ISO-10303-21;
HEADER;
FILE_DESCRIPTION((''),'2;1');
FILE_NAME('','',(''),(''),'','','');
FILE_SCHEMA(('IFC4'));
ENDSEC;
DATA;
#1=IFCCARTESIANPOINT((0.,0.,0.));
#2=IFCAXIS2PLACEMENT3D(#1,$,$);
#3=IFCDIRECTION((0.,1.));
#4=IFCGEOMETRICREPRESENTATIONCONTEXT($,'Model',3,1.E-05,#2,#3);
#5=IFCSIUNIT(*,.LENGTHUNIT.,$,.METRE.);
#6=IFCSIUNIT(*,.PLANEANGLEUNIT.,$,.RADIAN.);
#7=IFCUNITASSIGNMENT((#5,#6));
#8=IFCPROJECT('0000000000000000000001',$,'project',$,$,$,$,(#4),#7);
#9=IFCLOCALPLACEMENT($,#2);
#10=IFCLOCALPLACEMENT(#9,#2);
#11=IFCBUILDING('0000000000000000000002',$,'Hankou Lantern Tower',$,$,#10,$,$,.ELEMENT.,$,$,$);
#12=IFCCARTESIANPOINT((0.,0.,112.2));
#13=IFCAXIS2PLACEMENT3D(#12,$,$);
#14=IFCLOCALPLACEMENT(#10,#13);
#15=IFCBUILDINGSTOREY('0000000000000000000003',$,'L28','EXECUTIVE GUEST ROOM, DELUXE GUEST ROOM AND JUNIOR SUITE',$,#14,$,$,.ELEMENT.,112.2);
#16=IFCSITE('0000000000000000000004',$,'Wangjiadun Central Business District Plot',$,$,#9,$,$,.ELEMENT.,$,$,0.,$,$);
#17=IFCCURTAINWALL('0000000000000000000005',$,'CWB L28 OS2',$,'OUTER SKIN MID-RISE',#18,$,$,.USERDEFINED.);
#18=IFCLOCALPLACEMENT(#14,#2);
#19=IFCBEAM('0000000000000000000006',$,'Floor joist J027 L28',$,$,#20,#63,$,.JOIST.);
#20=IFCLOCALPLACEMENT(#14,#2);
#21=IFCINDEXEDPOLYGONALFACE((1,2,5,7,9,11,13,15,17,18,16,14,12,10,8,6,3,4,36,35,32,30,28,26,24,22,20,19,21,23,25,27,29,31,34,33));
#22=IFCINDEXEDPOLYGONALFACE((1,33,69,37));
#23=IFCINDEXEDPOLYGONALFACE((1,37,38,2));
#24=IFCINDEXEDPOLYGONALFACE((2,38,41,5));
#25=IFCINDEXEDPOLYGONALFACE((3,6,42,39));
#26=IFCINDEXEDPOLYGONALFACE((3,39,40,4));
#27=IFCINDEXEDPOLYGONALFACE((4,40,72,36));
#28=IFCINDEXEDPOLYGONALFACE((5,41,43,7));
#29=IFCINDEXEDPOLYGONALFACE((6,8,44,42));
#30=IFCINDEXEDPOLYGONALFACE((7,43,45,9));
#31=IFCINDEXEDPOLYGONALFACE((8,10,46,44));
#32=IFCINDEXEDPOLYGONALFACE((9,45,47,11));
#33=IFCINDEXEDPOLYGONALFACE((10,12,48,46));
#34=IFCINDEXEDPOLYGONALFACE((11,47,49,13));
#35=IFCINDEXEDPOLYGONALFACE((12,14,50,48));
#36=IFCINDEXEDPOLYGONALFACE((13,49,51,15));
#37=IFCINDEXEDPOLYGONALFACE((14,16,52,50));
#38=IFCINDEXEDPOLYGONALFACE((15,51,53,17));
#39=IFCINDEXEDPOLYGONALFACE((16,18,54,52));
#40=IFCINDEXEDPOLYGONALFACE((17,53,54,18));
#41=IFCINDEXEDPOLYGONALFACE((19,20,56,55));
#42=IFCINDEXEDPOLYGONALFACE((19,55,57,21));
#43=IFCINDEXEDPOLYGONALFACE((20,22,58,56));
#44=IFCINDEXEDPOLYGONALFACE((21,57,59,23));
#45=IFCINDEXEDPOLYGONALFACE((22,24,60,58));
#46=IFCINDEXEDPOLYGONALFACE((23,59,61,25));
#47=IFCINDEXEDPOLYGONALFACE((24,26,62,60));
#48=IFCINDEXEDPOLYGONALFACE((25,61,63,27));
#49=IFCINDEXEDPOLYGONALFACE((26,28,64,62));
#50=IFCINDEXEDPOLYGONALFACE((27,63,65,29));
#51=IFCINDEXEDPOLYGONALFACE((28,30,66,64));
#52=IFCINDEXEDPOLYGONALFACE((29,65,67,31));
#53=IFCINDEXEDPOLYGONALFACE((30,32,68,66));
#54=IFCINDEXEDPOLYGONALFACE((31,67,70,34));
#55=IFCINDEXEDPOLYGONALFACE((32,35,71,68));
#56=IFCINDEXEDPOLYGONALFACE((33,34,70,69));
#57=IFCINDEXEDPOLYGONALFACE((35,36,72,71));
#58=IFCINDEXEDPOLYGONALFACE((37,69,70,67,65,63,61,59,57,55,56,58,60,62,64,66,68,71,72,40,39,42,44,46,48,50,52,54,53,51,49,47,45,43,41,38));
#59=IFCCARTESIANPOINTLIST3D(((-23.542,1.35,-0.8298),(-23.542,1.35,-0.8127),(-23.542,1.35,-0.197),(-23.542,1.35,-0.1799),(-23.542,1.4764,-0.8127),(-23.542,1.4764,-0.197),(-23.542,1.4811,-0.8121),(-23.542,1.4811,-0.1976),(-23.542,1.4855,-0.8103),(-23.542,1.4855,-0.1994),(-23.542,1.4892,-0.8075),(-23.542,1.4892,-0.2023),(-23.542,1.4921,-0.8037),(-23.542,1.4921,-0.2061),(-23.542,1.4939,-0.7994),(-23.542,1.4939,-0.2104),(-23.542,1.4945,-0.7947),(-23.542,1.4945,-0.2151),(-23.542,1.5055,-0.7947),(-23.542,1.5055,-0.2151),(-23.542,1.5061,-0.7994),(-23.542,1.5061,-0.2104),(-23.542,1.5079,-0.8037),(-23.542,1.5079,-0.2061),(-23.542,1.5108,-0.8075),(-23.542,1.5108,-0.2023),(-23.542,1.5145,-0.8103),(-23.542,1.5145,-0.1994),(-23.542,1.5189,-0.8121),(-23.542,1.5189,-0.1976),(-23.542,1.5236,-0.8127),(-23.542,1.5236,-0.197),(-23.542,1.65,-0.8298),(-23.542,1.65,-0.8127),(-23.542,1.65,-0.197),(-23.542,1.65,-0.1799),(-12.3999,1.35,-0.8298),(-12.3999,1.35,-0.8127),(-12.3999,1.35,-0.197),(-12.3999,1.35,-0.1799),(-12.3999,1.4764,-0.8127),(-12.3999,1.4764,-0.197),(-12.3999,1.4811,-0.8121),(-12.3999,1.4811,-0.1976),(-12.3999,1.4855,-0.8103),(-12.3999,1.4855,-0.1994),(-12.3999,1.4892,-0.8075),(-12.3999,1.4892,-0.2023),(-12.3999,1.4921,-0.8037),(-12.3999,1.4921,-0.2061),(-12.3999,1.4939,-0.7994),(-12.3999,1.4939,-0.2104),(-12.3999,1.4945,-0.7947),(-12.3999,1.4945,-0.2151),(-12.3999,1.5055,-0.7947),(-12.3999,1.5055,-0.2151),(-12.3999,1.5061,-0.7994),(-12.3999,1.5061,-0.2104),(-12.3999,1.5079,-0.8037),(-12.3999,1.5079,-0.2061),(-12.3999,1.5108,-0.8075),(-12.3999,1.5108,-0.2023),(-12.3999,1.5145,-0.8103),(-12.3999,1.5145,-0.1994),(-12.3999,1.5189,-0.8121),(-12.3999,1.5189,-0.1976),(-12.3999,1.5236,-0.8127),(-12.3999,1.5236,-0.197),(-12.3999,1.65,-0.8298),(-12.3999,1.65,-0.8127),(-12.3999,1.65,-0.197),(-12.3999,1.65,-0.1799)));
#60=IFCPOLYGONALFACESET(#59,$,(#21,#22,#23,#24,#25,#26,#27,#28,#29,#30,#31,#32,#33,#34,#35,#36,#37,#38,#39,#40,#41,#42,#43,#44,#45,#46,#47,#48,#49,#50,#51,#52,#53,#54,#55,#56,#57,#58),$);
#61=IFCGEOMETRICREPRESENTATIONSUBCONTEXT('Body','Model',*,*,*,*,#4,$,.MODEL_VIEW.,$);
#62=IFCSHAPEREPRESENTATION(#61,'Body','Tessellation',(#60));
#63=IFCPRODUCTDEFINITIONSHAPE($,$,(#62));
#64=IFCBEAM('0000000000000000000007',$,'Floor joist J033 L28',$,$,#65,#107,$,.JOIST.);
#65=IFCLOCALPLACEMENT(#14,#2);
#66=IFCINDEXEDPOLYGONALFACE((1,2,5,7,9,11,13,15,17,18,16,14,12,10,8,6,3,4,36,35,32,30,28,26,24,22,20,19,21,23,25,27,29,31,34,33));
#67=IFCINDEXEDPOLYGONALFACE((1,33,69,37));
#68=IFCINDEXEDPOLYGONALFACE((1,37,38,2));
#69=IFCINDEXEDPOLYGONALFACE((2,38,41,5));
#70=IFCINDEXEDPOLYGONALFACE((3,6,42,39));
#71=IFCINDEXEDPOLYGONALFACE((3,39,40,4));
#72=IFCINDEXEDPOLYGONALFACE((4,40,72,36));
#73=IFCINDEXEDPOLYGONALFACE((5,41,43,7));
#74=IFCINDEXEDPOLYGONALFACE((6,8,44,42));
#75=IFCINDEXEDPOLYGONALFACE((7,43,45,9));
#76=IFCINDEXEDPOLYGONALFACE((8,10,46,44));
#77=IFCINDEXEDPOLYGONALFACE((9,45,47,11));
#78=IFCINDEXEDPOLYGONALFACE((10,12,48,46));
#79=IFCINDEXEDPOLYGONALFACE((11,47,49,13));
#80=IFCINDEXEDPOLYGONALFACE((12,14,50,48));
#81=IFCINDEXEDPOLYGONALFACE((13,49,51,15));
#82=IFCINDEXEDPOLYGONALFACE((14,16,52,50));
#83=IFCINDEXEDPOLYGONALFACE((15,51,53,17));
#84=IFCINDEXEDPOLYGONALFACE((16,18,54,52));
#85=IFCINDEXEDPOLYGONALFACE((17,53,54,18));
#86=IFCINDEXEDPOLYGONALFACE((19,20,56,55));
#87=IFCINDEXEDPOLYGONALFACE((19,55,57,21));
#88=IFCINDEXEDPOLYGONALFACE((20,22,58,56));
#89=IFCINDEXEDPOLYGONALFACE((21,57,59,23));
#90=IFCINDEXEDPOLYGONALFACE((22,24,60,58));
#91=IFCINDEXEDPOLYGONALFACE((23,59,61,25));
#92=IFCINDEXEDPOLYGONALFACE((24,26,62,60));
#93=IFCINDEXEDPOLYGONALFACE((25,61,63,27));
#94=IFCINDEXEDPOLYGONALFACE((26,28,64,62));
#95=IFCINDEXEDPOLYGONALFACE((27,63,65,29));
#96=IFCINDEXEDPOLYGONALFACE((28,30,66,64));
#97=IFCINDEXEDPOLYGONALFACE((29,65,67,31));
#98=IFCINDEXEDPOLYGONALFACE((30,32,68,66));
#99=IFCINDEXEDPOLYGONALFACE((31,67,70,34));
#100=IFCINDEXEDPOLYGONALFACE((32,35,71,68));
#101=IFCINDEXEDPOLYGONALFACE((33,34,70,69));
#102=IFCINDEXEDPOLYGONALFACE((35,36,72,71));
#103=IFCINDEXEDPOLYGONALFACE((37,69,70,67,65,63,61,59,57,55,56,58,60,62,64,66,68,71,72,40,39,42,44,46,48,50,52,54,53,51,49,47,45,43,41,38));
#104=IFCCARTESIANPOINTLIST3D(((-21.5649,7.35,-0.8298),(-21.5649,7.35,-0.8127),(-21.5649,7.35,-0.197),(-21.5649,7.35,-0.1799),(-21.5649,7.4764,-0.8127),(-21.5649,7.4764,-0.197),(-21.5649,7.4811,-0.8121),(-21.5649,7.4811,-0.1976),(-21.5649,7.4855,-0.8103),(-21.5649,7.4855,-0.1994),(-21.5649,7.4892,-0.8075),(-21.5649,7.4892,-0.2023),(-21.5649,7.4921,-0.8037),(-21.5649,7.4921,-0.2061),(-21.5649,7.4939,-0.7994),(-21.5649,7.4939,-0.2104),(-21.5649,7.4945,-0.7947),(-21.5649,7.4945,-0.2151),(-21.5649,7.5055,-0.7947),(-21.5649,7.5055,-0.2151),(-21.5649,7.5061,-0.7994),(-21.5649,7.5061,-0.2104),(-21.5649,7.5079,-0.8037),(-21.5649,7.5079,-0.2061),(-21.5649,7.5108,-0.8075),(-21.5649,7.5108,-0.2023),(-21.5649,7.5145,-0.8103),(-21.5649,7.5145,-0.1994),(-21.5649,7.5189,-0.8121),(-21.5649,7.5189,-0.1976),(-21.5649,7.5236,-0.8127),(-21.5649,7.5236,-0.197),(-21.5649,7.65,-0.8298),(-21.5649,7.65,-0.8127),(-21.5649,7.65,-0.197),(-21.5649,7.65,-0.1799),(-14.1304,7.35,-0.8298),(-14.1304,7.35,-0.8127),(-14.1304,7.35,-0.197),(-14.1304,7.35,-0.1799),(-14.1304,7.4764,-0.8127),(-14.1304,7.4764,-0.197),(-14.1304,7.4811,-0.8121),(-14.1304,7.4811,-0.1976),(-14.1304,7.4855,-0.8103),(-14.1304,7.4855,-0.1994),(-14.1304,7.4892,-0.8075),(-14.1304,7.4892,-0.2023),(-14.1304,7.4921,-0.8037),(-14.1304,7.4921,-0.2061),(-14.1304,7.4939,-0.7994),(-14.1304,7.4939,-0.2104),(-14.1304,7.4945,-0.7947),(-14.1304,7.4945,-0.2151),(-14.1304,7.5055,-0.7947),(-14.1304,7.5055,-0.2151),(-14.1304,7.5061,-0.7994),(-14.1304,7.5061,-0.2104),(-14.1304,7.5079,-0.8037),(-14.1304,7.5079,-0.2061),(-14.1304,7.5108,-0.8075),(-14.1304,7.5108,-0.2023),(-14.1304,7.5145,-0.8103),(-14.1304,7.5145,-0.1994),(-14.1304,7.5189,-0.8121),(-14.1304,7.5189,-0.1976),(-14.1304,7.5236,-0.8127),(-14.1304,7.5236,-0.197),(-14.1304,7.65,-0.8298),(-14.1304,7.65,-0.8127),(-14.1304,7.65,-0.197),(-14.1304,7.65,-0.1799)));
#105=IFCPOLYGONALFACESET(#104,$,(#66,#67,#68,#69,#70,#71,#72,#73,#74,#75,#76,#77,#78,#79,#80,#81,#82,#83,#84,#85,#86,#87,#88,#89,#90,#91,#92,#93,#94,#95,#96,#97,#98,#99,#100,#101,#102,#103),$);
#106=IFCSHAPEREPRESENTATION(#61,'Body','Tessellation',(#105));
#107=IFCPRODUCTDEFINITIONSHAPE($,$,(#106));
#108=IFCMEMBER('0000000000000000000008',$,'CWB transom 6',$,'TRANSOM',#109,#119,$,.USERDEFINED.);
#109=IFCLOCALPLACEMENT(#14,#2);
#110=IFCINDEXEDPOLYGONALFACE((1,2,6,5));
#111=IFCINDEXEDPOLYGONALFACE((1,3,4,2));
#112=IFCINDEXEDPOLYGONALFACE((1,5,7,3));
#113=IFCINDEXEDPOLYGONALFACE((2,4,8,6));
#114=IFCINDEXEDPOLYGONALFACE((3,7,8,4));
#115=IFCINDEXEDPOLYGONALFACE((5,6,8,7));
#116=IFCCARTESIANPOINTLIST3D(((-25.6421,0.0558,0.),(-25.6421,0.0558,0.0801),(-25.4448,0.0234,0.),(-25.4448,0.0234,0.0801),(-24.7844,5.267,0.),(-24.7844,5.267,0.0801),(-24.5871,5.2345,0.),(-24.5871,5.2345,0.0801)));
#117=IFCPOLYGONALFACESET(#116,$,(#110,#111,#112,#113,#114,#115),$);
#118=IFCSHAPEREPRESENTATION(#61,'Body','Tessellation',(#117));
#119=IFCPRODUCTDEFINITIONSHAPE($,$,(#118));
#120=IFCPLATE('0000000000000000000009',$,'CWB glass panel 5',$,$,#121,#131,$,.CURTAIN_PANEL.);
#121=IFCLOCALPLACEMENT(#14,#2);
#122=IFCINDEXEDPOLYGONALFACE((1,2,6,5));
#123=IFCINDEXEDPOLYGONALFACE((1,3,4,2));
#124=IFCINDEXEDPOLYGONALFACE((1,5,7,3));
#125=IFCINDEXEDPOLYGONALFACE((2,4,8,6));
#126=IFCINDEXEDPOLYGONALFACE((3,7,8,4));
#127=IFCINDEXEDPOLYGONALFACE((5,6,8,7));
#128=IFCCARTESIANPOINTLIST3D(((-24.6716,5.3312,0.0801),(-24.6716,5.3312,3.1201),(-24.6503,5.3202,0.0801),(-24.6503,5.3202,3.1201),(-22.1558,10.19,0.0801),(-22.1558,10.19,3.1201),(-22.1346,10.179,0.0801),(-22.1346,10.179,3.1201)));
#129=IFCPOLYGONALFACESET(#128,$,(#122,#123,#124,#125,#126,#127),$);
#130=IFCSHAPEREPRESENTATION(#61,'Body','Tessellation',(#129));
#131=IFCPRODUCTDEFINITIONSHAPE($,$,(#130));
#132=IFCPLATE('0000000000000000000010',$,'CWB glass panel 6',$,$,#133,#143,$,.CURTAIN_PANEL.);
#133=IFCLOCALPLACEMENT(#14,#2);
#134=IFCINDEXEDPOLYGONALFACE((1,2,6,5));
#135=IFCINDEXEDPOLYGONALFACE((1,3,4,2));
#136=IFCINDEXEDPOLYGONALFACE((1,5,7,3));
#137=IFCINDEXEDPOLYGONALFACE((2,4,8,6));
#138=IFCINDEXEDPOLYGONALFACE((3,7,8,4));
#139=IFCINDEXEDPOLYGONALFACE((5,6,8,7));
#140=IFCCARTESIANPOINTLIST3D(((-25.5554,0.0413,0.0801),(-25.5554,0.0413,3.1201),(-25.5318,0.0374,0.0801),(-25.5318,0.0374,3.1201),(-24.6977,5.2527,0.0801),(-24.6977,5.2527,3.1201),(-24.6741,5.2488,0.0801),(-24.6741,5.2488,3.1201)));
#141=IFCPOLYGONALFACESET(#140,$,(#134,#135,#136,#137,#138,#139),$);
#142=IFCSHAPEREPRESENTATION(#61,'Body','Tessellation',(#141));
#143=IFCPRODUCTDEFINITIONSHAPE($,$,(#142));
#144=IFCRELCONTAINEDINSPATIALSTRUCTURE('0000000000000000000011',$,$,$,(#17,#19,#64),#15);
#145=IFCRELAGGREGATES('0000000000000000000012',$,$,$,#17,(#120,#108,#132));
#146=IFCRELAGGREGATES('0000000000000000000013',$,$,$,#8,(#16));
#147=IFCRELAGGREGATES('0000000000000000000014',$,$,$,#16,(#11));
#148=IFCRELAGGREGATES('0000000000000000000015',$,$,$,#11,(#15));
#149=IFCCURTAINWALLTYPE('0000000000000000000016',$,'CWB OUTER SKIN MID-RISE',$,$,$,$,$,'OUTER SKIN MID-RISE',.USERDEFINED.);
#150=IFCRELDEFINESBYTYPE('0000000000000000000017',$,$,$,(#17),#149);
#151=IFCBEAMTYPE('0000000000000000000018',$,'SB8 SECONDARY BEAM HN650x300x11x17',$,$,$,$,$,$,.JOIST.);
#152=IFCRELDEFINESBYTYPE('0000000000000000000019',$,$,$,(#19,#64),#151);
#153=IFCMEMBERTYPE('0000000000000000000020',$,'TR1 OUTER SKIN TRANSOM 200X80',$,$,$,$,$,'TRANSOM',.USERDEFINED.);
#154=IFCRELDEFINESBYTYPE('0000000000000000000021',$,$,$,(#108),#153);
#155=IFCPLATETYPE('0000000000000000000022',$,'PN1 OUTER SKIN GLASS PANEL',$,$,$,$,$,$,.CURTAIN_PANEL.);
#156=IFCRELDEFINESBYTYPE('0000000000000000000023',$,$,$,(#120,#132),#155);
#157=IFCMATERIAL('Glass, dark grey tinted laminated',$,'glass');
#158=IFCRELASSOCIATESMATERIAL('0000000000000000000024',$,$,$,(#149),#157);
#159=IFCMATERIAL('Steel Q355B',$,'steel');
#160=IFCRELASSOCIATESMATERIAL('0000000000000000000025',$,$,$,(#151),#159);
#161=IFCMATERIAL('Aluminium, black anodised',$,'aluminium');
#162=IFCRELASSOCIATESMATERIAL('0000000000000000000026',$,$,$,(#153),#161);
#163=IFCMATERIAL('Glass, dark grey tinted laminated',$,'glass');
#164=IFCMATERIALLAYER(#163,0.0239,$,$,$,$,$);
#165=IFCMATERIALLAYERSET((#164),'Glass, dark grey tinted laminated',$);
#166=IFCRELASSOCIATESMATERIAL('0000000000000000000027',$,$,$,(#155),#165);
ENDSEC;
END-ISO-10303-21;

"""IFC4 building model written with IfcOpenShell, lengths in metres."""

from ifc_helpers import new_model, si_unit, direction, frame, origin, origin_2d, place, context, subcontext, project, spatial, rectangle, i_section, extrude, material, layer, layer_set, material_profile, profile_set, type_object, element, aggregate, save


model = new_model("IFC4")

# Units and contexts
model_context = context("Model", 3, precision=1e-05, world=origin(), true_north=direction((0.0, 1.0)))
body_context = subcontext(model_context, "Body", "Model", "MODEL_VIEW")
ifc_project = project(units=[si_unit("LENGTHUNIT", "METRE"), si_unit("PLANEANGLEUNIT", "RADIAN")], contexts=[model_context])

# Site, building, storey
site_placement = place(None, origin())
site = spatial("IfcSite", under=ifc_project, at=site_placement, Name="Wangjiadun Central Business District Plot", CompositionType="ELEMENT", RefElevation=0.0)
building_placement = place(site_placement, origin())
building = spatial("IfcBuilding", under=site, at=building_placement, Name="Hankou Lantern Tower", CompositionType="ELEMENT")
storey_placement = place(building_placement, frame((0.0, 0.0, 112.2)))
storey = spatial("IfcBuildingStorey", under=building, at=storey_placement, Name="L28", Description="EXECUTIVE GUEST ROOM, DELUXE GUEST ROOM AND JUNIOR SUITE", CompositionType="ELEMENT", Elevation=112.2)

# Curtain wall
ifc_material_1 = material(Name="Glass, dark grey tinted laminated", Category="glass")
curtain_wall_type = type_object("IfcCurtainWallType", Name="CWB OUTER SKIN MID-RISE", ElementType="OUTER SKIN MID-RISE", PredefinedType="USERDEFINED", material=ifc_material_1)
curtain_wall_placement = place(storey_placement, origin())
curtain_wall = element("IfcCurtainWall", 1, at=curtain_wall_placement, inside=storey, type_object=curtain_wall_type, Name="CWB L28 OS2", ObjectType="OUTER SKIN MID-RISE", PredefinedType="USERDEFINED")

# Beams
ifc_material_2 = material(Name="Steel Q355B", Category="steel")
ifc_material_profile_1 = material_profile(ifc_material_2, i_section(OverallWidth=0.3, OverallDepth=0.6499, WebThickness=0.011, FlangeThickness=0.0171, FilletRadius=0.0181, at=origin_2d()), Name="HN650x300x11x17")
ifc_profile_set_1 = profile_set([ifc_material_profile_1], Name="Steel Q355B")
beam_type_1 = type_object("IfcBeamType", Name="SB8 SECONDARY BEAM HN650x300x11x17", PredefinedType="JOIST", material=ifc_profile_set_1)
beam_1_placement = place(storey_placement, frame((-23.542, 1.5, -0.5049), z_axis=(1.0, 0.0, 0.0), x_axis=(0.0, 1.0, 0.0)))
element("IfcBeam", 2, at=beam_1_placement, inside=storey, type_object=beam_type_1, Name="Floor joist J027 L28", PredefinedType="JOIST", context=body_context, shape_type="SweptSolid", body=[
    extrude(i_section(OverallWidth=0.3, OverallDepth=0.6499, WebThickness=0.011, FlangeThickness=0.0171, FilletRadius=0.0181, at=origin_2d()), origin(), (0.0, 0.0, 1.0), 11.1421),
])
beam_2_placement = place(storey_placement, frame((-21.5649, 7.5, -0.5049), z_axis=(1.0, 0.0, 0.0), x_axis=(0.0, 1.0, 0.0)))
element("IfcBeam", 3, at=beam_2_placement, inside=storey, type_object=beam_type_1, Name="Floor joist J033 L28", PredefinedType="JOIST", context=body_context, shape_type="SweptSolid", body=[
    extrude(i_section(OverallWidth=0.3, OverallDepth=0.6499, WebThickness=0.011, FlangeThickness=0.0171, FilletRadius=0.0181, at=origin_2d()), origin(), (0.0, 0.0, 1.0), 7.4346),
])

# Member
ifc_material_3 = material(Name="Aluminium, black anodised", Category="aluminium")
ifc_material_profile_2 = material_profile(ifc_material_3, rectangle(XDim=0.2, YDim=0.0801, at=origin_2d()), Name="TR1 200X80")
ifc_profile_set_2 = profile_set([ifc_material_profile_2], Name="Aluminium, black anodised")
member_type_1 = type_object("IfcMemberType", Name="TR1 OUTER SKIN TRANSOM 200X80", ElementType="TRANSOM", PredefinedType="USERDEFINED", material=ifc_profile_set_2)
member_1_placement = place(storey_placement, frame((-24.6858, 5.2507, 0.04), z_axis=(-0.162397, -0.986725, 0.0), x_axis=(0.986725, -0.162397, 0.0)))
member_1 = element("IfcMember", 4, at=member_1_placement, type_object=member_type_1, Name="CWB transom 6", ObjectType="TRANSOM", PredefinedType="USERDEFINED", context=body_context, shape_type="SweptSolid", body=[
    extrude(rectangle(XDim=0.2, YDim=0.0801, at=origin_2d()), origin(), (0.0, 0.0, 1.0), 5.2812),
])

# Plates
ifc_material_4 = material(Name="Glass, dark grey tinted laminated", Category="glass")
ifc_layer_1 = layer(ifc_material_4, 0.0239)
ifc_layer_set_1 = layer_set([ifc_layer_1], Name="Glass, dark grey tinted laminated")
plate_type = type_object("IfcPlateType", Name="PN1 OUTER SKIN GLASS PANEL", PredefinedType="CURTAIN_PANEL", material=ifc_layer_set_1)
plate_1_placement = place(storey_placement, frame((-23.4031, 7.7551, 0.0801), z_axis=(0.0, 0.0, 1.0), x_axis=(-0.459791, -0.888027, 0.0)))
plate_1 = element("IfcPlate", 5, at=plate_1_placement, type_object=plate_type, Name="CWB glass panel 5", PredefinedType="CURTAIN_PANEL", context=body_context, shape_type="SweptSolid", body=[
    extrude(rectangle(XDim=5.4714, YDim=0.0239, at=origin_2d()), origin(), (0.0, 0.0, 1.0), 3.04),
])
plate_2_placement = place(storey_placement, frame((-25.1147, 2.645, 0.0801), z_axis=(0.0, 0.0, 1.0), x_axis=(-0.162382, -0.986728, 0.0)))
plate_2 = element("IfcPlate", 6, at=plate_2_placement, type_object=plate_type, Name="CWB glass panel 6", PredefinedType="CURTAIN_PANEL", context=body_context, shape_type="SweptSolid", body=[
    extrude(rectangle(XDim=5.2815, YDim=0.0239, at=origin_2d()), origin(), (0.0, 0.0, 1.0), 3.04),
])
aggregate(curtain_wall, [plate_1, member_1, plate_2])

save(model, "model.ifc")
